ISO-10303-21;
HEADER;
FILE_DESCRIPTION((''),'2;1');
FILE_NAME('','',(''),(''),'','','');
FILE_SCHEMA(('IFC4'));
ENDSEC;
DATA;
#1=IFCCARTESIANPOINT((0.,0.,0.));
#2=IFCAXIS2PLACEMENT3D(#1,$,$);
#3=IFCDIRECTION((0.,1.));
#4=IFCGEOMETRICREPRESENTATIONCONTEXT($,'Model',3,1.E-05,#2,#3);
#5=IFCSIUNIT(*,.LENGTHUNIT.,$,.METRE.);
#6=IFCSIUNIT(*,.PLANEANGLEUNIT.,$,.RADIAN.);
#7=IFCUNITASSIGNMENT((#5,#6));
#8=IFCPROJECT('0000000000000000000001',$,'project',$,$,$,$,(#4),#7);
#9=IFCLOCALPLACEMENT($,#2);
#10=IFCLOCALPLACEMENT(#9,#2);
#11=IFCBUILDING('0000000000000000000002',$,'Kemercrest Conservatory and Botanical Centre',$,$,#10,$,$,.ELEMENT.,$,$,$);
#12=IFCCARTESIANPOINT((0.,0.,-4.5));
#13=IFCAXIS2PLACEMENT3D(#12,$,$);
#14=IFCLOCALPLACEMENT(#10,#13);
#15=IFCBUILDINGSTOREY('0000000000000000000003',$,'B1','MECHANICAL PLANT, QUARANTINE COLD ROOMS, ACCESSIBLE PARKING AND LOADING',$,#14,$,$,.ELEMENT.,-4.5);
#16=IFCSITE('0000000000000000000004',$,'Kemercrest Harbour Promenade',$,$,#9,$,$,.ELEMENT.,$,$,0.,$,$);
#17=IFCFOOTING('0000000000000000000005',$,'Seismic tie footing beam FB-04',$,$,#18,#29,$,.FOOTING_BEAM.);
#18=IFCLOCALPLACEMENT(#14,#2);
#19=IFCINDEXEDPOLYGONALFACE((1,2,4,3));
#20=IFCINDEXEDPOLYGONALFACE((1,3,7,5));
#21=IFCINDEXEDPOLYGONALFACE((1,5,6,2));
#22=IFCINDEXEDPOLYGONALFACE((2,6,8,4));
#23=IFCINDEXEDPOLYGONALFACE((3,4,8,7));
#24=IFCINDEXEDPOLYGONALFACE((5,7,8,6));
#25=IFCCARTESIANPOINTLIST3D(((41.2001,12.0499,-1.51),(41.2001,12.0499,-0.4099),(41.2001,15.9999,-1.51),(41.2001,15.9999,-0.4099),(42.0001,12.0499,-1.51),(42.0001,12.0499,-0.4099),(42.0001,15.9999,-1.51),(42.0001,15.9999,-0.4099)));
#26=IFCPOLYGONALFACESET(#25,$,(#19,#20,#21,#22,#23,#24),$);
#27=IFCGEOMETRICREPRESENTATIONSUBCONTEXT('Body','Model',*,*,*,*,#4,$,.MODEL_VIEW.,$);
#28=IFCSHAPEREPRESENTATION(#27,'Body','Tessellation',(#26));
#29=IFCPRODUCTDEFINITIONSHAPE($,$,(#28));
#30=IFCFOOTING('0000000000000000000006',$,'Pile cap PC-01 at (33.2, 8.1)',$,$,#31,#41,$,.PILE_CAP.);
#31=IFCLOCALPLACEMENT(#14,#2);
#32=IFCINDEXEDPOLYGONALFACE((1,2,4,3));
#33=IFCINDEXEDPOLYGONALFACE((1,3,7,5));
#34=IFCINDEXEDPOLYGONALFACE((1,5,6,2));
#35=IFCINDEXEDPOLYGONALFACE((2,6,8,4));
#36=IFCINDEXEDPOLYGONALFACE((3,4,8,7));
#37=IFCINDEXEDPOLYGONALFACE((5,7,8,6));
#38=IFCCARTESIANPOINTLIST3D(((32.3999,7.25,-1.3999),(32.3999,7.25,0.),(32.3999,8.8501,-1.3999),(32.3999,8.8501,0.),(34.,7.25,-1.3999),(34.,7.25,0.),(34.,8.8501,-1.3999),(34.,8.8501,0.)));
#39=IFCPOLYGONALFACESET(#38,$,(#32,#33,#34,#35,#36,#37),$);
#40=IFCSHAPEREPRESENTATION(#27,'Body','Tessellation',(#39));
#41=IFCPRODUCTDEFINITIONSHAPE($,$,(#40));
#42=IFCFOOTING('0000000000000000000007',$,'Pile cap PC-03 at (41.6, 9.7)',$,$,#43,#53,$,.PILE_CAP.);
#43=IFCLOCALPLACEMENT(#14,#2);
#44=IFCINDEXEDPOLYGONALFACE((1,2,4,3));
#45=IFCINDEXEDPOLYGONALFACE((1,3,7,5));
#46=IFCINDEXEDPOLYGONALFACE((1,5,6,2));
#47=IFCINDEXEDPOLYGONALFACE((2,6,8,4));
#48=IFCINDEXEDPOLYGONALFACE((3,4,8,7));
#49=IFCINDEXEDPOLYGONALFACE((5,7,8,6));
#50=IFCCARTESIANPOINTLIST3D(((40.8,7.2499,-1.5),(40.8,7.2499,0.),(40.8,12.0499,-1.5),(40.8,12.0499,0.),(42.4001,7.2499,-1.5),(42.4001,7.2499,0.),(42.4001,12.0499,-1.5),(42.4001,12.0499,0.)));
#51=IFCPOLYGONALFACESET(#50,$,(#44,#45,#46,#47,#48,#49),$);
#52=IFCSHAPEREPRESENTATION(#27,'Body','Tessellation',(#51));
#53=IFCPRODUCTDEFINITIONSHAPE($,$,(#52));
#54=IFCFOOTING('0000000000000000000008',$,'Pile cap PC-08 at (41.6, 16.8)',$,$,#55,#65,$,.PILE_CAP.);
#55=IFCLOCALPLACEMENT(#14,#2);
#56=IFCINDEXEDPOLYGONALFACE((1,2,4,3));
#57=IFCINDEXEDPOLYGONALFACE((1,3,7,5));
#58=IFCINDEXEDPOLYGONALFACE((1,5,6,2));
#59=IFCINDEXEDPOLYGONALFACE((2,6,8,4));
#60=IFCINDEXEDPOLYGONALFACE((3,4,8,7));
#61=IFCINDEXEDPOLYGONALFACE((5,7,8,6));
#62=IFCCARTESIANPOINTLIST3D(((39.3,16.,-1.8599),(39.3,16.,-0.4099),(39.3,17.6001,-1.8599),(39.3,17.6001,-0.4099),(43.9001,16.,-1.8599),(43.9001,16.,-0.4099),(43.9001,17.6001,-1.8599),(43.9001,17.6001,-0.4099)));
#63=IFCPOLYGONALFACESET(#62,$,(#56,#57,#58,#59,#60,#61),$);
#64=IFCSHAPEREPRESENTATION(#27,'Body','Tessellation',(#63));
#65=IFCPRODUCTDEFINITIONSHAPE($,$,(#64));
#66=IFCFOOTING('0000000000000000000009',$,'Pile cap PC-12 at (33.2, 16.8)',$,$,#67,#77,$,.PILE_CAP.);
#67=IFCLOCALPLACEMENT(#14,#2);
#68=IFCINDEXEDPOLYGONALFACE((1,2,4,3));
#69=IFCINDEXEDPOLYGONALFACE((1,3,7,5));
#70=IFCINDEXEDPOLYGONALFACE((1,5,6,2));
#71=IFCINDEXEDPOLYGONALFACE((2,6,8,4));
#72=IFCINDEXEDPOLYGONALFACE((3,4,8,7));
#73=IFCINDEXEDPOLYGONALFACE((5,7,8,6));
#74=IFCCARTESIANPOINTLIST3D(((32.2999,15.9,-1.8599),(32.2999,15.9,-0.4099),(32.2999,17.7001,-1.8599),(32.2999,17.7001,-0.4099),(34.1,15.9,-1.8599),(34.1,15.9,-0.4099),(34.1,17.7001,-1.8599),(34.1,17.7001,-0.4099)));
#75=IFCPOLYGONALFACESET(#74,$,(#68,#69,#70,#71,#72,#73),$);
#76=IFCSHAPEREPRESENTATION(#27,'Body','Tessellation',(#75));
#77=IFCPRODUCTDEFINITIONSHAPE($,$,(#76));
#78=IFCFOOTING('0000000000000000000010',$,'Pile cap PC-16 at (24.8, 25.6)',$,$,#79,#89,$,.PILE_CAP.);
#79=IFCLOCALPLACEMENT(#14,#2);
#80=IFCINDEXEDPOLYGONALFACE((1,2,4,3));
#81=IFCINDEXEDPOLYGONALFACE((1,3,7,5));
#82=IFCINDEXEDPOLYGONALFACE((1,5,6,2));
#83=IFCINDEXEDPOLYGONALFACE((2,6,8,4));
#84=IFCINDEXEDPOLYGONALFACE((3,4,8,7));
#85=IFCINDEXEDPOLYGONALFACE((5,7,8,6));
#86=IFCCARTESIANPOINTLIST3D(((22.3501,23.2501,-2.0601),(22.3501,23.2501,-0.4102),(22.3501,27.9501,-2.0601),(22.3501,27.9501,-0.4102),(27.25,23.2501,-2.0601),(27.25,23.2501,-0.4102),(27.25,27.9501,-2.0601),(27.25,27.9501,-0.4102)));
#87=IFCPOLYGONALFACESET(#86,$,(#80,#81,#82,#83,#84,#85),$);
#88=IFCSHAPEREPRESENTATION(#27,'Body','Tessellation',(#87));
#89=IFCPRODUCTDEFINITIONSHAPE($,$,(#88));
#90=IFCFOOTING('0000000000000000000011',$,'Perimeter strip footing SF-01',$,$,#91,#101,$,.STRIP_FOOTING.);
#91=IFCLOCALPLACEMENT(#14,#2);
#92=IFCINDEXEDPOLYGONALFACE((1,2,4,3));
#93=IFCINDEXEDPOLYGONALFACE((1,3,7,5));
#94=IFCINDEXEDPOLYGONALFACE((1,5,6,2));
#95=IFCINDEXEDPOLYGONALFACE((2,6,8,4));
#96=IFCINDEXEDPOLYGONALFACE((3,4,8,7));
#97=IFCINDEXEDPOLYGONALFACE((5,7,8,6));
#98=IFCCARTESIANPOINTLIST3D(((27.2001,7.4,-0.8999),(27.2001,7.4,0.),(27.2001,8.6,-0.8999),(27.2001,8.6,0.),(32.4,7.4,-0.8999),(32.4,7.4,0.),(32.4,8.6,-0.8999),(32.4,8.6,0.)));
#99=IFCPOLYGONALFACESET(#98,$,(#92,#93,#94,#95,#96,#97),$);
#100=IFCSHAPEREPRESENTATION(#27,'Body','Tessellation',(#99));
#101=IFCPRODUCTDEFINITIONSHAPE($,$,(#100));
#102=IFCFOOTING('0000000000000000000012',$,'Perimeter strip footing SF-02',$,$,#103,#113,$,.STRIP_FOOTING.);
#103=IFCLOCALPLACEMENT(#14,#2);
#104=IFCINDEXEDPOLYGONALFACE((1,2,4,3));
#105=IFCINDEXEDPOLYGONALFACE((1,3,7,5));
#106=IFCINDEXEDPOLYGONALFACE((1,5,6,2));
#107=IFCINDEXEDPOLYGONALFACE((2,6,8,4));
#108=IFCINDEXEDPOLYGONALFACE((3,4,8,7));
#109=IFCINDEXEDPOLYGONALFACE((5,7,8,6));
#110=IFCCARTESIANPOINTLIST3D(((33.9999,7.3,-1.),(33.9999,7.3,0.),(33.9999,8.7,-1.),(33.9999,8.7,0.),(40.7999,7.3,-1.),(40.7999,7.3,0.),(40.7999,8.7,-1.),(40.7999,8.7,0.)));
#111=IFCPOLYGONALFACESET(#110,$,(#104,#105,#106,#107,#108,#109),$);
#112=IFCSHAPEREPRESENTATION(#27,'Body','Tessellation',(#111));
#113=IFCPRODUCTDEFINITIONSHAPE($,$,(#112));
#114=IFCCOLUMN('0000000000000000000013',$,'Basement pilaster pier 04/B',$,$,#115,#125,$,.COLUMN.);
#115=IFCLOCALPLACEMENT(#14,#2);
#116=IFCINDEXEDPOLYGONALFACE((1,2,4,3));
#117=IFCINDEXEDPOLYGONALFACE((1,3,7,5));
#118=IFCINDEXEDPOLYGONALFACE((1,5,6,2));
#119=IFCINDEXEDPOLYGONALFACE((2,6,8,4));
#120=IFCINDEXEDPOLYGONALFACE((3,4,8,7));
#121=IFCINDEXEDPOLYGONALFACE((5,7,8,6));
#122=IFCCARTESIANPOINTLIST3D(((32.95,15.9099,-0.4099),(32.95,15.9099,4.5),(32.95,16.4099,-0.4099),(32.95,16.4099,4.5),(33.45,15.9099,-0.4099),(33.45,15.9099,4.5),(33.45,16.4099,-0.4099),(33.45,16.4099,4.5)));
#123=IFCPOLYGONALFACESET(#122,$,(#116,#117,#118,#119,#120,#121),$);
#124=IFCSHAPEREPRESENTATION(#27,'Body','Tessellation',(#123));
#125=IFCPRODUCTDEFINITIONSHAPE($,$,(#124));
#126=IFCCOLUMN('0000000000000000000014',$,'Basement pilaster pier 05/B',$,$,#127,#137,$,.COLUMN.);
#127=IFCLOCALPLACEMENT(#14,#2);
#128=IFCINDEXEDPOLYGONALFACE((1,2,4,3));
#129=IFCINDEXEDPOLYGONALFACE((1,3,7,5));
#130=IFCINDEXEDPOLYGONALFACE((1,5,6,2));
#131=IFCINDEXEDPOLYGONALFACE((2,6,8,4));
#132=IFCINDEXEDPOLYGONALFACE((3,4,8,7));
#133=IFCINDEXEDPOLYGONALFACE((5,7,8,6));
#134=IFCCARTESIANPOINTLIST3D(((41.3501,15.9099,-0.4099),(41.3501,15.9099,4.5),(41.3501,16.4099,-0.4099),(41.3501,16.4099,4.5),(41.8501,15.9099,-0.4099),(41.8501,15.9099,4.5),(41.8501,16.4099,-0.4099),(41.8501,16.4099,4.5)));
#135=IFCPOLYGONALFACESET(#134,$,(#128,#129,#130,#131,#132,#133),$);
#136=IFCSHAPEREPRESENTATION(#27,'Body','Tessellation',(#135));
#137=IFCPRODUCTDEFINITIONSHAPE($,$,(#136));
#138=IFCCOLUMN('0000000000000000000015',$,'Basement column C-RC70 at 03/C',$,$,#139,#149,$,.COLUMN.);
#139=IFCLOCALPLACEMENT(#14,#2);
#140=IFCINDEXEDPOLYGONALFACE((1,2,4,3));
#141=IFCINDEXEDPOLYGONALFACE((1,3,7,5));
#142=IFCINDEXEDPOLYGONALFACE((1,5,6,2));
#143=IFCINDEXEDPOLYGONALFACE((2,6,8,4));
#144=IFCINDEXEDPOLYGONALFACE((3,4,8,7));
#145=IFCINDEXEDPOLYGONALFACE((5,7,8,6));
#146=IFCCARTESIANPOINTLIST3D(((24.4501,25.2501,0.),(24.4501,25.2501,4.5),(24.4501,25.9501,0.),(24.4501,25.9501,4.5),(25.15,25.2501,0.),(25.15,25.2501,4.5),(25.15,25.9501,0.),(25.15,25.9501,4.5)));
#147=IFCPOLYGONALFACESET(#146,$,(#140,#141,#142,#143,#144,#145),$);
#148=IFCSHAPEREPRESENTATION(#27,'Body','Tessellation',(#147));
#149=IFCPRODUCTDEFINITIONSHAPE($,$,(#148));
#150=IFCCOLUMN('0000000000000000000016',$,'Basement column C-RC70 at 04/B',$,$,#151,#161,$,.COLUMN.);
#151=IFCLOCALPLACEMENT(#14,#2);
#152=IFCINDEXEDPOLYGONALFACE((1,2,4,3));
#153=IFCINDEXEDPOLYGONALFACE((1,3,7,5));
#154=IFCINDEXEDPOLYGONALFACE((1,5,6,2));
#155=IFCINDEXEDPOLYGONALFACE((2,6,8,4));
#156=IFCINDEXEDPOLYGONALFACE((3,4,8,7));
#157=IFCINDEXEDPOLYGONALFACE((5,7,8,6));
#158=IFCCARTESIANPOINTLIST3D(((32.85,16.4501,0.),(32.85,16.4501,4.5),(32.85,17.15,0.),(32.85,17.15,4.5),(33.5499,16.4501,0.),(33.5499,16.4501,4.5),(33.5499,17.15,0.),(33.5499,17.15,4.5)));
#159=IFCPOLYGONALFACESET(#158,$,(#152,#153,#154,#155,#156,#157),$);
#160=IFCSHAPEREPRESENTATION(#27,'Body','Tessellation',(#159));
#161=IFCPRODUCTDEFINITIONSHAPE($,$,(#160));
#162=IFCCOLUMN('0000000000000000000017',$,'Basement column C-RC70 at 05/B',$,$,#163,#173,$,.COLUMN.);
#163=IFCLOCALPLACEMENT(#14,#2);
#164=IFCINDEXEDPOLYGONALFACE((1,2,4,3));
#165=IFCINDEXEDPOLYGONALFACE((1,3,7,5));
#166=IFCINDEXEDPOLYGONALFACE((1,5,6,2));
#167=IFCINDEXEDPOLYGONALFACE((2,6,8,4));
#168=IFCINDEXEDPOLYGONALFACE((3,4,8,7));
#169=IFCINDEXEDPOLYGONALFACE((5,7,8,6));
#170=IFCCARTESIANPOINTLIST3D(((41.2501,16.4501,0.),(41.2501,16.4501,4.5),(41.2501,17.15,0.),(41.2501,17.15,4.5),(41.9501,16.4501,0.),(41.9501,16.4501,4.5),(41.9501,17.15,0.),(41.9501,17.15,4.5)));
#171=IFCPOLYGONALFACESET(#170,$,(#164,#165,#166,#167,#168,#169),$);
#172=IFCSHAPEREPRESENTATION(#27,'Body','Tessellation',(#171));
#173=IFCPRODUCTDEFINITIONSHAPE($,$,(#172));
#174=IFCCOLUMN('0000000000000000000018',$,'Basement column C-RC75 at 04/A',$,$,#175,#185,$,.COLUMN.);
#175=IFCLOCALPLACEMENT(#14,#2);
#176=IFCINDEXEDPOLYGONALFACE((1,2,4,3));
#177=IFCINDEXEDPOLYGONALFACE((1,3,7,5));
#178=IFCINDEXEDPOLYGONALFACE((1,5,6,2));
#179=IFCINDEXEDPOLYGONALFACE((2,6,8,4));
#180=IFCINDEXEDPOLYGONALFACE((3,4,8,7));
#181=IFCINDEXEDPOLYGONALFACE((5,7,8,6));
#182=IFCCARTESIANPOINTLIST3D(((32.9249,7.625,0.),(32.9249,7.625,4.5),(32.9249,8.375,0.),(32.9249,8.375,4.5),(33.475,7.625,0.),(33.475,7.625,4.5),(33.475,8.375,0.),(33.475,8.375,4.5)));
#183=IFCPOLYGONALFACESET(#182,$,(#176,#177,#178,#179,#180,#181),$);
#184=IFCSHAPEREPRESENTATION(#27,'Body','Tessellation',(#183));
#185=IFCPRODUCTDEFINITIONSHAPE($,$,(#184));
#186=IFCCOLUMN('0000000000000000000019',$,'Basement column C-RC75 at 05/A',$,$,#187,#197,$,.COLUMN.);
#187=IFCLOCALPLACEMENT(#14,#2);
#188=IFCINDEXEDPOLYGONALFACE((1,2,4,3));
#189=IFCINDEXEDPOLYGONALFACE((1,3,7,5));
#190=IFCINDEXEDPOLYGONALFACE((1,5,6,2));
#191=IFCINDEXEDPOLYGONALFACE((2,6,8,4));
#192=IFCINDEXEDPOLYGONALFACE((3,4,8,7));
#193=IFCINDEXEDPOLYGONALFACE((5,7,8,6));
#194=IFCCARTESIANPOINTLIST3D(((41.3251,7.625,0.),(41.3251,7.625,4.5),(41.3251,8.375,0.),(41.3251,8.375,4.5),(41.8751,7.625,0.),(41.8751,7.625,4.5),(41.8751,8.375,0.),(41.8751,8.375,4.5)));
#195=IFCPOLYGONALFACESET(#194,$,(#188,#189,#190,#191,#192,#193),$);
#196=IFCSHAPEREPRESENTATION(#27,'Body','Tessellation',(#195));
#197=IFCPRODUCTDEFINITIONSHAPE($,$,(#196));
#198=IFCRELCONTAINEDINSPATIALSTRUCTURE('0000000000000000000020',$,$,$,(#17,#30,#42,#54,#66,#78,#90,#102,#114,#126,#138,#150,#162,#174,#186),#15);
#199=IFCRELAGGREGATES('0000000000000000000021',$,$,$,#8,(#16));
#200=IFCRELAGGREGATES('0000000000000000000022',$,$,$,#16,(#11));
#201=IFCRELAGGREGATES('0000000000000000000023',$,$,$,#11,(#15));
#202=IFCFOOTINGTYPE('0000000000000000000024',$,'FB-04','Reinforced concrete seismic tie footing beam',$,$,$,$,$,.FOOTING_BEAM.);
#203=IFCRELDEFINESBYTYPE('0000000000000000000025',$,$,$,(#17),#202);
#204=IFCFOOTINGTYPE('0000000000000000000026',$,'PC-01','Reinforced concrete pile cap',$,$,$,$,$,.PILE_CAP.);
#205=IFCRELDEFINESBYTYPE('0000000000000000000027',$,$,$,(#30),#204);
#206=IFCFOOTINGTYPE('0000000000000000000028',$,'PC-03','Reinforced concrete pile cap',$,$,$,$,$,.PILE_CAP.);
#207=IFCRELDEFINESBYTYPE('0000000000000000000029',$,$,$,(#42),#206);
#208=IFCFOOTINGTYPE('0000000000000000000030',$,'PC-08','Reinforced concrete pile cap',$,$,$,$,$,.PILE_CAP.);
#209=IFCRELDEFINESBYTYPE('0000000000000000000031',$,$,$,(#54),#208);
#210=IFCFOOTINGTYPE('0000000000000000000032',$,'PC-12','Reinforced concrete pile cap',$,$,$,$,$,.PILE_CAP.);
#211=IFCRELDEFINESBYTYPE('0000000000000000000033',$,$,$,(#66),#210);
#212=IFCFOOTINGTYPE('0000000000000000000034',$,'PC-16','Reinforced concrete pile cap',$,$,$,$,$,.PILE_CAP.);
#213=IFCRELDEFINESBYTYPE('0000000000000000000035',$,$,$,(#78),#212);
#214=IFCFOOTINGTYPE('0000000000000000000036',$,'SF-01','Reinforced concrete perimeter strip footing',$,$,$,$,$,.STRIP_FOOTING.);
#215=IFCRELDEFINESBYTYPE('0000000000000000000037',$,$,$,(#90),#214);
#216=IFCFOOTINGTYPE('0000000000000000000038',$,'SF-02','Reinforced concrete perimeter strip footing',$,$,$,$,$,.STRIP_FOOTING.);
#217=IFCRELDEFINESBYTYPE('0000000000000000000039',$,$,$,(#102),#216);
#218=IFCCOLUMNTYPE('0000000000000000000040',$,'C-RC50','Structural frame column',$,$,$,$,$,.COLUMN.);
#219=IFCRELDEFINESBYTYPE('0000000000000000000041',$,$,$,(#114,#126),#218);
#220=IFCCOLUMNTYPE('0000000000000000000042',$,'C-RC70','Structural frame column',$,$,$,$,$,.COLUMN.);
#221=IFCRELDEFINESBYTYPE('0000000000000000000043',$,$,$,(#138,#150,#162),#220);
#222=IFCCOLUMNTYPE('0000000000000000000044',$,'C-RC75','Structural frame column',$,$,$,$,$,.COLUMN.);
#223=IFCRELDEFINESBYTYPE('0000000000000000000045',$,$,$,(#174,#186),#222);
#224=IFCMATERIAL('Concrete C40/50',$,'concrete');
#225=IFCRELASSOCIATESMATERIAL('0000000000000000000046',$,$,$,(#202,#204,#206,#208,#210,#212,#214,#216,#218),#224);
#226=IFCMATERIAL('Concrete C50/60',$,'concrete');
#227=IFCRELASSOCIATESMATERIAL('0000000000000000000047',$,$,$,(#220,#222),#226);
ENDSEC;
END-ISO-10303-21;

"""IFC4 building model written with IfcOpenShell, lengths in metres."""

from ifc_helpers import new_model, si_unit, direction, frame, origin, origin_2d, place, context, subcontext, project, spatial, rectangle, extrude, material, material_profile, profile_set, type_object, element, save


model = new_model("IFC4")

# Units and contexts
model_context = context("Model", 3, precision=1e-05, world=origin(), true_north=direction((0.0, 1.0)))
body_context = subcontext(model_context, "Body", "Model", "MODEL_VIEW")
ifc_project = project(units=[si_unit("LENGTHUNIT", "METRE"), si_unit("PLANEANGLEUNIT", "RADIAN")], contexts=[model_context])

# Site, building, storey
site_placement = place(None, origin())
site = spatial("IfcSite", under=ifc_project, at=site_placement, Name="Kemercrest Harbour Promenade", CompositionType="ELEMENT", RefElevation=0.0)
building_placement = place(site_placement, origin())
building = spatial("IfcBuilding", under=site, at=building_placement, Name="Kemercrest Conservatory and Botanical Centre", CompositionType="ELEMENT")
storey_placement = place(building_placement, frame((0.0, 0.0, -4.5)))
storey = spatial("IfcBuildingStorey", under=building, at=storey_placement, Name="B1", Description="MECHANICAL PLANT, QUARANTINE COLD ROOMS, ACCESSIBLE PARKING AND LOADING", CompositionType="ELEMENT", Elevation=-4.5)

# Shared definitions
ifc_material_1 = material(Name="Concrete C40/50", Category="concrete")

# Footings
footing_type_1 = type_object("IfcFootingType", Name="FB-04", Description="Reinforced concrete seismic tie footing beam", PredefinedType="FOOTING_BEAM", material=ifc_material_1)
footing_1_placement = place(storey_placement, frame((41.6001, 14.0249, -1.51), z_axis=(0.0, 0.0, 1.0), x_axis=(1.0, 0.0, 0.0)))
element("IfcFooting", 1, at=footing_1_placement, inside=storey, type_object=footing_type_1, Name="Seismic tie footing beam FB-04", PredefinedType="FOOTING_BEAM", context=body_context, shape_type="SweptSolid", body=[
    extrude(rectangle(XDim=0.8, YDim=3.95, at=origin_2d()), origin(), (0.0, 0.0, 1.0), 1.1001),
])
footing_type_2 = type_object("IfcFootingType", Name="PC-01", Description="Reinforced concrete pile cap", PredefinedType="PILE_CAP", material=ifc_material_1)
footing_2_placement = place(storey_placement, frame((33.2, 8.05, -1.3999), z_axis=(0.0, 0.0, 1.0), x_axis=(1.0, 0.0, 0.0)))
element("IfcFooting", 2, at=footing_2_placement, inside=storey, type_object=footing_type_2, Name="Pile cap PC-01 at (33.2, 8.1)", PredefinedType="PILE_CAP", context=body_context, shape_type="SweptSolid", body=[
    extrude(rectangle(XDim=1.6001, YDim=1.6001, at=origin_2d()), origin(), (0.0, 0.0, 1.0), 1.3999),
])
footing_type_3 = type_object("IfcFootingType", Name="PC-03", Description="Reinforced concrete pile cap", PredefinedType="PILE_CAP", material=ifc_material_1)
footing_3_placement = place(storey_placement, frame((41.6001, 9.6499, -1.5), z_axis=(0.0, 0.0, 1.0), x_axis=(1.0, 0.0, 0.0)))
element("IfcFooting", 3, at=footing_3_placement, inside=storey, type_object=footing_type_3, Name="Pile cap PC-03 at (41.6, 9.7)", PredefinedType="PILE_CAP", context=body_context, shape_type="SweptSolid", body=[
    extrude(rectangle(XDim=1.6001, YDim=4.8, at=origin_2d()), origin(), (0.0, 0.0, 1.0), 1.5),
])
footing_type_4 = type_object("IfcFootingType", Name="PC-08", Description="Reinforced concrete pile cap", PredefinedType="PILE_CAP", material=ifc_material_1)
footing_4_placement = place(storey_placement, frame((41.6001, 16.8, -1.8599), z_axis=(0.0, 0.0, 1.0), x_axis=(1.0, 0.0, 0.0)))
element("IfcFooting", 4, at=footing_4_placement, inside=storey, type_object=footing_type_4, Name="Pile cap PC-08 at (41.6, 16.8)", PredefinedType="PILE_CAP", context=body_context, shape_type="SweptSolid", body=[
    extrude(rectangle(XDim=4.6001, YDim=1.6001, at=origin_2d()), origin(), (0.0, 0.0, 1.0), 1.45),
])
footing_type_5 = type_object("IfcFootingType", Name="PC-12", Description="Reinforced concrete pile cap", PredefinedType="PILE_CAP", material=ifc_material_1)
footing_5_placement = place(storey_placement, frame((33.2, 16.8, -1.8599), z_axis=(0.0, 0.0, 1.0), x_axis=(1.0, 0.0, 0.0)))
element("IfcFooting", 5, at=footing_5_placement, inside=storey, type_object=footing_type_5, Name="Pile cap PC-12 at (33.2, 16.8)", PredefinedType="PILE_CAP", context=body_context, shape_type="SweptSolid", body=[
    extrude(rectangle(XDim=1.8, YDim=1.8, at=origin_2d()), origin(), (0.0, 0.0, 1.0), 1.45),
])
footing_type_6 = type_object("IfcFootingType", Name="PC-16", Description="Reinforced concrete pile cap", PredefinedType="PILE_CAP", material=ifc_material_1)
footing_6_placement = place(storey_placement, frame((24.8, 25.6001, -2.0601), z_axis=(0.0, 0.0, 1.0), x_axis=(1.0, 0.0, 0.0)))
element("IfcFooting", 6, at=footing_6_placement, inside=storey, type_object=footing_type_6, Name="Pile cap PC-16 at (24.8, 25.6)", PredefinedType="PILE_CAP", context=body_context, shape_type="SweptSolid", body=[
    extrude(rectangle(XDim=4.8999, YDim=4.7, at=origin_2d()), origin(), (0.0, 0.0, 1.0), 1.6499),
])
footing_type_7 = type_object("IfcFootingType", Name="SF-01", Description="Reinforced concrete perimeter strip footing", PredefinedType="STRIP_FOOTING", material=ifc_material_1)
footing_7_placement = place(storey_placement, frame((29.8, 8.0, -0.8999), z_axis=(0.0, 0.0, 1.0), x_axis=(1.0, 0.0, 0.0)))
element("IfcFooting", 7, at=footing_7_placement, inside=storey, type_object=footing_type_7, Name="Perimeter strip footing SF-01", PredefinedType="STRIP_FOOTING", context=body_context, shape_type="SweptSolid", body=[
    extrude(rectangle(XDim=5.2, YDim=1.2, at=origin_2d()), origin(), (0.0, 0.0, 1.0), 0.8999),
])
footing_type_8 = type_object("IfcFootingType", Name="SF-02", Description="Reinforced concrete perimeter strip footing", PredefinedType="STRIP_FOOTING", material=ifc_material_1)
footing_8_placement = place(storey_placement, frame((37.3999, 8.0, -1.0), z_axis=(0.0, 0.0, 1.0), x_axis=(1.0, 0.0, 0.0)))
element("IfcFooting", 8, at=footing_8_placement, inside=storey, type_object=footing_type_8, Name="Perimeter strip footing SF-02", PredefinedType="STRIP_FOOTING", context=body_context, shape_type="SweptSolid", body=[
    extrude(rectangle(XDim=6.8, YDim=1.3999, at=origin_2d()), origin(), (0.0, 0.0, 1.0), 1.0),
])

# Columns
ifc_material_profile_1 = material_profile(ifc_material_1, rectangle(XDim=0.5, YDim=0.5, at=origin_2d()), Name="RC 500x500")
ifc_profile_set_1 = profile_set([ifc_material_profile_1], Name="Concrete C40/50")
column_type_1 = type_object("IfcColumnType", Name="C-RC50", Description="Structural frame column", PredefinedType="COLUMN", material=ifc_profile_set_1)
for number, where, z_axis, x_axis, name in (
    (9, (33.2, 16.1599, -0.4099), (0.0, 0.0, 1.0), (1.0, 0.0, 0.0), "Basement pilaster pier 04/B"),
    (10, (41.6001, 16.1599, -0.4099), (0.0, 0.0, 1.0), (1.0, 0.0, 0.0), "Basement pilaster pier 05/B"),
):
    element("IfcColumn", number, at=place(storey_placement, frame(where, z_axis=z_axis, x_axis=x_axis)), inside=storey, type_object=column_type_1, Name=name, PredefinedType="COLUMN", context=body_context, shape_type="SweptSolid", body=[
        extrude(rectangle(XDim=0.5, YDim=0.5, at=origin_2d()), origin(), (0.0, 0.0, 1.0), 4.9099),
    ])
ifc_material_2 = material(Name="Concrete C50/60", Category="concrete")
ifc_material_profile_2 = material_profile(ifc_material_2, rectangle(XDim=0.7, YDim=0.7, at=origin_2d()), Name="RC 700x700")
ifc_profile_set_2 = profile_set([ifc_material_profile_2], Name="Concrete C50/60")
column_type_2 = type_object("IfcColumnType", Name="C-RC70", Description="Structural frame column", PredefinedType="COLUMN", material=ifc_profile_set_2)
for number, where, z_axis, x_axis, name in (
    (11, (24.8, 25.6001, 0.0), (0.0, 0.0, 1.0), (1.0, 0.0, 0.0), "Basement column C-RC70 at 03/C"),
    (12, (33.2, 16.8, 0.0), (0.0, 0.0, 1.0), (1.0, 0.0, 0.0), "Basement column C-RC70 at 04/B"),
    (13, (41.6001, 16.8, 0.0), (0.0, 0.0, 1.0), (1.0, 0.0, 0.0), "Basement column C-RC70 at 05/B"),
):
    element("IfcColumn", number, at=place(storey_placement, frame(where, z_axis=z_axis, x_axis=x_axis)), inside=storey, type_object=column_type_2, Name=name, PredefinedType="COLUMN", context=body_context, shape_type="SweptSolid", body=[
        extrude(rectangle(XDim=0.7, YDim=0.7, at=origin_2d()), origin(), (0.0, 0.0, 1.0), 4.5),
    ])
ifc_material_profile_3 = material_profile(ifc_material_2, rectangle(XDim=0.55, YDim=0.75, at=origin_2d()), Name="RC 750x550")
ifc_profile_set_3 = profile_set([ifc_material_profile_3], Name="Concrete C50/60")
column_type_3 = type_object("IfcColumnType", Name="C-RC75", Description="Structural frame column", PredefinedType="COLUMN", material=ifc_profile_set_3)
for number, where, z_axis, x_axis, name in (
    (14, (33.2, 8.0, 0.0), (0.0, 0.0, 1.0), (1.0, 0.0, 0.0), "Basement column C-RC75 at 04/A"),
    (15, (41.6001, 8.0, 0.0), (0.0, 0.0, 1.0), (1.0, 0.0, 0.0), "Basement column C-RC75 at 05/A"),
):
    element("IfcColumn", number, at=place(storey_placement, frame(where, z_axis=z_axis, x_axis=x_axis)), inside=storey, type_object=column_type_3, Name=name, PredefinedType="COLUMN", context=body_context, shape_type="SweptSolid", body=[
        extrude(rectangle(XDim=0.55, YDim=0.75, at=origin_2d()), origin(), (0.0, 0.0, 1.0), 4.5),
    ])

save(model, "model.ifc")
